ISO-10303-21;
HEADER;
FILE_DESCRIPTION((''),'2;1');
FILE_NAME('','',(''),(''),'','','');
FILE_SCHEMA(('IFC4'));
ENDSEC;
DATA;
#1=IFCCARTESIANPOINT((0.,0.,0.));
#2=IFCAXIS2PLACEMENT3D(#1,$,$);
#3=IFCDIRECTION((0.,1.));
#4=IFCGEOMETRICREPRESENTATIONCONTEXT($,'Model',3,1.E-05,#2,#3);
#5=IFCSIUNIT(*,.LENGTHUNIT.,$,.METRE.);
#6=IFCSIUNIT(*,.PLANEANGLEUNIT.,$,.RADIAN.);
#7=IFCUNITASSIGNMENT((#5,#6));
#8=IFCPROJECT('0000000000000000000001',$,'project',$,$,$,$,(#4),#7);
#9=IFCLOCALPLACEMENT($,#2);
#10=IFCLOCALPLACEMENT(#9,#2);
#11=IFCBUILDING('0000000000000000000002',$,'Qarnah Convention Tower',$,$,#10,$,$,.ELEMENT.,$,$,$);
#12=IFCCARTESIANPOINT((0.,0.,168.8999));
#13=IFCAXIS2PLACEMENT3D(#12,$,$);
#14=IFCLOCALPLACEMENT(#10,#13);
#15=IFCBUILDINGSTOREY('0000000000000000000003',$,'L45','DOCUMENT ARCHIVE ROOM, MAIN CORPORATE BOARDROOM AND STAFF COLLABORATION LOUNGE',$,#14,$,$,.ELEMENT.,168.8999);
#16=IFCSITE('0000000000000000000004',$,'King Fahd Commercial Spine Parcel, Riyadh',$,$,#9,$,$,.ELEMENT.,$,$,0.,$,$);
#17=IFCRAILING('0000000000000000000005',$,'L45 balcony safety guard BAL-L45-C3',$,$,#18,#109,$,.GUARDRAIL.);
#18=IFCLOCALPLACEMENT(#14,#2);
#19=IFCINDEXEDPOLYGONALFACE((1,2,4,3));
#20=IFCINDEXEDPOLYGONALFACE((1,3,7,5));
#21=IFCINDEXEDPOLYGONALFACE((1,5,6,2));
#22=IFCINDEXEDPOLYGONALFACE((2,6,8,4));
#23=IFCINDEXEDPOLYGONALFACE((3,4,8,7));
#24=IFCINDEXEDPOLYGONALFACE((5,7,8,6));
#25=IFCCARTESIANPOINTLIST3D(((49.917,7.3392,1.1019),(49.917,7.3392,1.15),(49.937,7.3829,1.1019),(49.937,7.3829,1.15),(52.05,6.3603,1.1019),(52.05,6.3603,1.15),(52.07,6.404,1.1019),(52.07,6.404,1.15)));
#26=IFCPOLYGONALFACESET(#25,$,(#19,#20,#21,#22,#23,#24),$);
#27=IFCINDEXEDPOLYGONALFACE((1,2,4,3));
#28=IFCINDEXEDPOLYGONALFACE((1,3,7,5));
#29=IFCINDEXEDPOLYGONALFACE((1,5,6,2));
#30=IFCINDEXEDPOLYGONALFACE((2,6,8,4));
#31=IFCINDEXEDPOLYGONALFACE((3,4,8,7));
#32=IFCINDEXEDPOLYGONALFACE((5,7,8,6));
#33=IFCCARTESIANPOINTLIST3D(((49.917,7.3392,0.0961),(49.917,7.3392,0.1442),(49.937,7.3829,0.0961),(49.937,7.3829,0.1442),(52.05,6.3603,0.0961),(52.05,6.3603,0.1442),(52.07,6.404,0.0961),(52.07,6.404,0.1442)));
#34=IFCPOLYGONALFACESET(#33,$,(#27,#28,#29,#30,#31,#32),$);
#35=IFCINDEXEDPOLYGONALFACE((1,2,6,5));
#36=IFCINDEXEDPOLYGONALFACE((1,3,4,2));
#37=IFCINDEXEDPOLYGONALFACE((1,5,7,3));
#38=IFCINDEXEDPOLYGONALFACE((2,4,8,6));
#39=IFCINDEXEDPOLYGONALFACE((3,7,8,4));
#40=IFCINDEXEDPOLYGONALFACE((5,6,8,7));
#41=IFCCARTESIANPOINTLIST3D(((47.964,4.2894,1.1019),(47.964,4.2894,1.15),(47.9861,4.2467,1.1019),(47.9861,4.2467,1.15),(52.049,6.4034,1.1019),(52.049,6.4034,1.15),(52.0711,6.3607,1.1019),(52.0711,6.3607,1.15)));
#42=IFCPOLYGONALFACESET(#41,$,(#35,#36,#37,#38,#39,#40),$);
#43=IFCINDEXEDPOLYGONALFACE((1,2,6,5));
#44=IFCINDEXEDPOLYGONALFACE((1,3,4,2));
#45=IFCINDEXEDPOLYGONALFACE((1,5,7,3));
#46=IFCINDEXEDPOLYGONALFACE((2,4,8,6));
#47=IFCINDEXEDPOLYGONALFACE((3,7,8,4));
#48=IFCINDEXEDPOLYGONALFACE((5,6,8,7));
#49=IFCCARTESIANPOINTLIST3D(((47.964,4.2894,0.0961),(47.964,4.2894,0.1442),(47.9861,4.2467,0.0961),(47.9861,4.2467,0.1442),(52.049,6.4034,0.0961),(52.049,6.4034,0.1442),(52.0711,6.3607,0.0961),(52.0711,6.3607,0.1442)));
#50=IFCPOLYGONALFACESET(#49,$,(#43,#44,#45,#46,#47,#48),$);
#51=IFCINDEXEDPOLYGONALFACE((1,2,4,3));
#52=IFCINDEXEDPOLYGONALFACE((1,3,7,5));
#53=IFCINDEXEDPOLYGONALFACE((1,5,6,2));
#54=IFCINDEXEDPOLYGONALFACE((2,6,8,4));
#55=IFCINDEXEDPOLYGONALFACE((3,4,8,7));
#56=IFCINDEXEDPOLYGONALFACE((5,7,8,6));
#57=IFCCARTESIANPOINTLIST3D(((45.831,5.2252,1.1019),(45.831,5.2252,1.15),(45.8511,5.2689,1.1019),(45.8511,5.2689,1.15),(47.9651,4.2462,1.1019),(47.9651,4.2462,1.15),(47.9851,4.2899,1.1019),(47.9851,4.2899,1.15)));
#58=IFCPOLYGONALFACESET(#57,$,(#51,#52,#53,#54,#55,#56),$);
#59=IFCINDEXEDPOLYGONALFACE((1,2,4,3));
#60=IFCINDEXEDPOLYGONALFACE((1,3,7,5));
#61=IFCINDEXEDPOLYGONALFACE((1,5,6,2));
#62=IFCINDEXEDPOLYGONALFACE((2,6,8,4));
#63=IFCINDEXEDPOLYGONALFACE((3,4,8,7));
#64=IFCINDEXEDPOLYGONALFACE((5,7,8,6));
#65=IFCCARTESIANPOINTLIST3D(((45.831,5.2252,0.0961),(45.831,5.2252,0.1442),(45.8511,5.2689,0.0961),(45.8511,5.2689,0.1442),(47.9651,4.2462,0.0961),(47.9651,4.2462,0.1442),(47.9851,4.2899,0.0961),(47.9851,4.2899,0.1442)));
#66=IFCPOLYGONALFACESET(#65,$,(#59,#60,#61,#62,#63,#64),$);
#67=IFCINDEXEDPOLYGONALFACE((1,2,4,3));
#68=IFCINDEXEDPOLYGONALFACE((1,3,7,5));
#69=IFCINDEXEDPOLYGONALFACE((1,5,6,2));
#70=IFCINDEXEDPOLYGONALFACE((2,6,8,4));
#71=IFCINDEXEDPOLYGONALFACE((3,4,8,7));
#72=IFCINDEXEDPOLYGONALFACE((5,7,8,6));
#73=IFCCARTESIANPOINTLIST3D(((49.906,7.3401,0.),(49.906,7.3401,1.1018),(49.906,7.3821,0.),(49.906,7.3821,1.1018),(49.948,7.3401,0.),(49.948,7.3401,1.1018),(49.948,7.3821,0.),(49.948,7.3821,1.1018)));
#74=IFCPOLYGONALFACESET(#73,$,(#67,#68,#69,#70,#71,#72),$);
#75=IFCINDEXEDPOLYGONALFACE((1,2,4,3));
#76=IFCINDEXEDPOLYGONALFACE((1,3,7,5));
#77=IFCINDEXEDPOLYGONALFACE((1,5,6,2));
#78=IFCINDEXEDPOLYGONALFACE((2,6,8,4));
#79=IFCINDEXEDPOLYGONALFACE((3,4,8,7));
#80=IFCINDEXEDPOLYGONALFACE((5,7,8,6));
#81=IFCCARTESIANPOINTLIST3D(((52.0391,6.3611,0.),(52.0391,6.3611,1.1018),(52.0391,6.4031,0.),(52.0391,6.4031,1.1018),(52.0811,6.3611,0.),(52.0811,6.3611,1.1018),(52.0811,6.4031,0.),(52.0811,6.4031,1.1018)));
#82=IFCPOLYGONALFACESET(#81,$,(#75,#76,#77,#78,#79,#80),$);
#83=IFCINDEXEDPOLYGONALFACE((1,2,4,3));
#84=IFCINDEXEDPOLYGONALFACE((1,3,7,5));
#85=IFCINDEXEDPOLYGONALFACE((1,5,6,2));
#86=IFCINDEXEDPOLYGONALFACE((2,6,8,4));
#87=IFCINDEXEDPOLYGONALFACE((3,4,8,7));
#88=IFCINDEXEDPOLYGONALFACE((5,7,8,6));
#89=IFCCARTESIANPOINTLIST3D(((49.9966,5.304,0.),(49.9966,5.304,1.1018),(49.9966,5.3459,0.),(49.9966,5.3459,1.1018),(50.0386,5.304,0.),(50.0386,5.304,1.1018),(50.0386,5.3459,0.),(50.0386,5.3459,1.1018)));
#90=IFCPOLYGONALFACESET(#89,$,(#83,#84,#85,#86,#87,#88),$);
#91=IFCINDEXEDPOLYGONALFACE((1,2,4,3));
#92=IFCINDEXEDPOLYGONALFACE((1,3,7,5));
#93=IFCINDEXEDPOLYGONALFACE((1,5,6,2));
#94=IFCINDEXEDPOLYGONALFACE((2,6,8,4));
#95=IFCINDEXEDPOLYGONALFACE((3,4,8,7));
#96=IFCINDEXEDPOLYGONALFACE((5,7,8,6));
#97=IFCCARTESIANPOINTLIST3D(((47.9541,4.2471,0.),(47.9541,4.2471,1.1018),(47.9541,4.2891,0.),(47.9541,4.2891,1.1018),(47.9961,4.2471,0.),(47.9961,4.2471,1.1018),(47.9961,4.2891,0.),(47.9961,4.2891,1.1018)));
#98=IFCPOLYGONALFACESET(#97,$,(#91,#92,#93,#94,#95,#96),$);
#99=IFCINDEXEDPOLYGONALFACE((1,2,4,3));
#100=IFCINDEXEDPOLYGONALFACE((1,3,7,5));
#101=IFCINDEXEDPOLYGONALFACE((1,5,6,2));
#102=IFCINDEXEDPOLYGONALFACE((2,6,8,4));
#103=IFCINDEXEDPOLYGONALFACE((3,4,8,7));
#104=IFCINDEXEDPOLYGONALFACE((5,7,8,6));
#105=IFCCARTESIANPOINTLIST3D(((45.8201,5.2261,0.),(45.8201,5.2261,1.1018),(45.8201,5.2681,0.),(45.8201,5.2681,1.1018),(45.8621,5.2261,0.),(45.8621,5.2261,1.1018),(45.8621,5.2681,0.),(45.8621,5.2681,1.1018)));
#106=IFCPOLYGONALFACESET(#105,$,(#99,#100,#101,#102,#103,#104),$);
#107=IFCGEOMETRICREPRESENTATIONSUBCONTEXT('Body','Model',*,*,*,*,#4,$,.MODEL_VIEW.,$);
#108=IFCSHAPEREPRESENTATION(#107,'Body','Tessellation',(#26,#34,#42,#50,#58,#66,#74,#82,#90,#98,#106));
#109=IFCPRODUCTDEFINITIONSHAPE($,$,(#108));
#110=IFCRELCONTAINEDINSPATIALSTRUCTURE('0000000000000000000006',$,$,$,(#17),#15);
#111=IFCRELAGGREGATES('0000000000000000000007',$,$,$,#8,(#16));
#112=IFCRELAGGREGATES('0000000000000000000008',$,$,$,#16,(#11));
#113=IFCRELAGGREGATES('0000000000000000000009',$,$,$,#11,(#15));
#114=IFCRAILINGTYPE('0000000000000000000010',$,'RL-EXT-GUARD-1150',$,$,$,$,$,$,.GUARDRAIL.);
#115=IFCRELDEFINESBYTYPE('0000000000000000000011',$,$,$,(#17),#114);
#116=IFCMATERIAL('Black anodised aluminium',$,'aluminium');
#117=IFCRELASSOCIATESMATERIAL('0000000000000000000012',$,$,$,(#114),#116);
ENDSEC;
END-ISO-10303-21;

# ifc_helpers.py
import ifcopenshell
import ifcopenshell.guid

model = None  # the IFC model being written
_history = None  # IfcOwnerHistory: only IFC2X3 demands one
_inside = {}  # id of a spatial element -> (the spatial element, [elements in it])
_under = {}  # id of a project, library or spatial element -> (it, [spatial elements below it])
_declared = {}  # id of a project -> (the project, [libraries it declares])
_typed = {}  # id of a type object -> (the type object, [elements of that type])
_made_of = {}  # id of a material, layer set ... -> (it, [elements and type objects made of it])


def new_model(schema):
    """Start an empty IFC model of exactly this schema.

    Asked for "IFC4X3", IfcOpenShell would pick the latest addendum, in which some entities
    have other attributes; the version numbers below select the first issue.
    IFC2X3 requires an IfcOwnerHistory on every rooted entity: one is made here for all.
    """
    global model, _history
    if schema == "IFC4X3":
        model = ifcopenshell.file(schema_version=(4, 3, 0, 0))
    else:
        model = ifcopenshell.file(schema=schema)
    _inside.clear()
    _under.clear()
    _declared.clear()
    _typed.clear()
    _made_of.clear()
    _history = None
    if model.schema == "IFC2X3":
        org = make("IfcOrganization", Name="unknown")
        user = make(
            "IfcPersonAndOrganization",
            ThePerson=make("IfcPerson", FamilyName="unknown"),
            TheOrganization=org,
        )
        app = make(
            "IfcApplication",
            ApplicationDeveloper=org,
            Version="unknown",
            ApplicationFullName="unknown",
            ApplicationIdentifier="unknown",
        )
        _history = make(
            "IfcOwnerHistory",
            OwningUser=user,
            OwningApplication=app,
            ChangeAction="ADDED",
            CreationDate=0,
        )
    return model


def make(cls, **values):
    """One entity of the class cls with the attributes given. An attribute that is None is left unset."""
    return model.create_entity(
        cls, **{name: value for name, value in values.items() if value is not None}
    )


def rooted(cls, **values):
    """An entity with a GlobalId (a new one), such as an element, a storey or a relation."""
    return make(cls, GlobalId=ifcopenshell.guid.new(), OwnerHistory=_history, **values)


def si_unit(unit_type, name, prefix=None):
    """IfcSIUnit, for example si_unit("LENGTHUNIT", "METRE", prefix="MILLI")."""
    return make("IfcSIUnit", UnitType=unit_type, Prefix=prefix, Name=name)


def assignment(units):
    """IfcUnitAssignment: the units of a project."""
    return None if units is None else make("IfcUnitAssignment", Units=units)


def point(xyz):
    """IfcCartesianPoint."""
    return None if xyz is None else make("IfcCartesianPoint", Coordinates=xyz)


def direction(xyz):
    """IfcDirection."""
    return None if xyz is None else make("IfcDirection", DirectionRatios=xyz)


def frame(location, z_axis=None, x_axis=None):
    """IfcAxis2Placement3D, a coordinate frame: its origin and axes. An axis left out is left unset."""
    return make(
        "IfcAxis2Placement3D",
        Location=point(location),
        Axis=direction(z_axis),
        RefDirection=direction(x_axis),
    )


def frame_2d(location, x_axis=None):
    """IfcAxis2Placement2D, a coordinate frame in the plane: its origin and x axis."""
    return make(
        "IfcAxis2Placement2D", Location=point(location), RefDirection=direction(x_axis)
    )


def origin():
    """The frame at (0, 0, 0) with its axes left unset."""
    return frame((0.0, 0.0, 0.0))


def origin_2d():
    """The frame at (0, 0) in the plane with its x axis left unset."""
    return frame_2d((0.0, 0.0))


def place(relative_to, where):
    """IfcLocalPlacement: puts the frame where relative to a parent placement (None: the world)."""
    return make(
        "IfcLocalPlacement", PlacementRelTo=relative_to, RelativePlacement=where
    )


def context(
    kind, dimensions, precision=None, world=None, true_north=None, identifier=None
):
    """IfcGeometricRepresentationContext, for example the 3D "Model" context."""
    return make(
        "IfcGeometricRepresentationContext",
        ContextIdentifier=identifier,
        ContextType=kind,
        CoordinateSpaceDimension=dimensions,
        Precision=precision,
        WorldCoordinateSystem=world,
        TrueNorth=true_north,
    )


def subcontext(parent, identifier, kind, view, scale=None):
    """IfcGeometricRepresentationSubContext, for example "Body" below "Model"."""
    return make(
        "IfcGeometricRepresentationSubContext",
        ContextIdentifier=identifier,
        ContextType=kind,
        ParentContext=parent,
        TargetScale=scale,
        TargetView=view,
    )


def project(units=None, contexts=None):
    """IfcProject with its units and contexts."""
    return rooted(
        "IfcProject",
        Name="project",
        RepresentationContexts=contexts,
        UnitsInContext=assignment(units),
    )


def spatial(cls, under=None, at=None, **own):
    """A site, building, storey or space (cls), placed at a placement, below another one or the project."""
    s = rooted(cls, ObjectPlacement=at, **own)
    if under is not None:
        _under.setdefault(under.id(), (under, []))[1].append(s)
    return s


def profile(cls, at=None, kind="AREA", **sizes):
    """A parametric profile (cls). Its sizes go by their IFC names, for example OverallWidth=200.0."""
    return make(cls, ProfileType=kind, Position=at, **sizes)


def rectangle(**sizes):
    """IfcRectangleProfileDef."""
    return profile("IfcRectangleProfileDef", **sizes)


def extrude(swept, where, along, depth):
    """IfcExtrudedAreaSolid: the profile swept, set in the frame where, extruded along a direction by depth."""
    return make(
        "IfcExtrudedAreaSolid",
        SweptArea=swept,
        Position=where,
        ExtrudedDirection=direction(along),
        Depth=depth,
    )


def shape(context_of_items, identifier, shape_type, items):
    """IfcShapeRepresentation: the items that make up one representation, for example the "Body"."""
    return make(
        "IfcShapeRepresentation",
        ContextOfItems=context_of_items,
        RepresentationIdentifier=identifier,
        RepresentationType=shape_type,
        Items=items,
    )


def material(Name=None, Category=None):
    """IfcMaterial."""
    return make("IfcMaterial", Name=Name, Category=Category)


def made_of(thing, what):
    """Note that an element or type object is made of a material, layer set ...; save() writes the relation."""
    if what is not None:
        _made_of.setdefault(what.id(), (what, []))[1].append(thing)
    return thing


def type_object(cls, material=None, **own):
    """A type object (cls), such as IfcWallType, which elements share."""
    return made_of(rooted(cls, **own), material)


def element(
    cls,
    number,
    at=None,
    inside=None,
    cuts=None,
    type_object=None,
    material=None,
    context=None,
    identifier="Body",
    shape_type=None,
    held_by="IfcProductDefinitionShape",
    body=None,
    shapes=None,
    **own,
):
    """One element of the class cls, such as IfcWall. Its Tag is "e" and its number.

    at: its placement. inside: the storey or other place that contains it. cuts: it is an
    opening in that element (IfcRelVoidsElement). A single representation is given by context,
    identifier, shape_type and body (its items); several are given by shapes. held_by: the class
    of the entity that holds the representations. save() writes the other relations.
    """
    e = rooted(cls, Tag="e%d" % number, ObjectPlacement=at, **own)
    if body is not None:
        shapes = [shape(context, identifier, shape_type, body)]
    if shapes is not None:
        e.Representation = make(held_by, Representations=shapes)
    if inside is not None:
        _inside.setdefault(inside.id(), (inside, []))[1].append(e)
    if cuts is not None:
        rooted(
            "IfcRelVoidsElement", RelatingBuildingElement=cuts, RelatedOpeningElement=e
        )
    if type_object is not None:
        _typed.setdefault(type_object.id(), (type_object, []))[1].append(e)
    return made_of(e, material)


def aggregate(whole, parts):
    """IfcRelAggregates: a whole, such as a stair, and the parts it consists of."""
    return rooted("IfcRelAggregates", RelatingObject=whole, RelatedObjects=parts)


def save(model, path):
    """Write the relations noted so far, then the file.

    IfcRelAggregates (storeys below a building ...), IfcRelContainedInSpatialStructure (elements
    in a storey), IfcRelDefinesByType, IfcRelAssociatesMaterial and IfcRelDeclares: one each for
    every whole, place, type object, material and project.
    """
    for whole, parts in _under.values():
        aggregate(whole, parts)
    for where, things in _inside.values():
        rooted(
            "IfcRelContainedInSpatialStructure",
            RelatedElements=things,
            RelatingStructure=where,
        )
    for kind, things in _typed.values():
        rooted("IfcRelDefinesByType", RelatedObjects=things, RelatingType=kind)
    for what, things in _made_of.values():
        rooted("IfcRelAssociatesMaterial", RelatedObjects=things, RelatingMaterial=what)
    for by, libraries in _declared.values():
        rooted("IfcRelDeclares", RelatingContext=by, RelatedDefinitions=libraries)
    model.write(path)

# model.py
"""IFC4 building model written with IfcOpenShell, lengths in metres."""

from ifc_helpers import new_model, si_unit, direction, frame, origin, origin_2d, place, context, subcontext, project, spatial, rectangle, extrude, material, type_object, element, save


model = new_model("IFC4")

# Units and contexts
model_context = context("Model", 3, precision=1e-05, world=origin(), true_north=direction((0.0, 1.0)))
body_context = subcontext(model_context, "Body", "Model", "MODEL_VIEW")
ifc_project = project(units=[si_unit("LENGTHUNIT", "METRE"), si_unit("PLANEANGLEUNIT", "RADIAN")], contexts=[model_context])

# Site, building, storey
site_placement = place(None, origin())
site = spatial("IfcSite", under=ifc_project, at=site_placement, Name="King Fahd Commercial Spine Parcel, Riyadh", CompositionType="ELEMENT", RefElevation=0.0)
building_placement = place(site_placement, origin())
building = spatial("IfcBuilding", under=site, at=building_placement, Name="Qarnah Convention Tower", CompositionType="ELEMENT")
storey_placement = place(building_placement, frame((0.0, 0.0, 168.8999)))
storey = spatial("IfcBuildingStorey", under=building, at=storey_placement, Name="L45", Description="DOCUMENT ARCHIVE ROOM, MAIN CORPORATE BOARDROOM AND STAFF COLLABORATION LOUNGE", CompositionType="ELEMENT", Elevation=168.8999)

# Shared definitions
ifc_material_1 = material(Name="Black anodised aluminium", Category="aluminium")

# Railing
railing_type = type_object("IfcRailingType", Name="RL-EXT-GUARD-1150", PredefinedType="GUARDRAIL", material=ifc_material_1)
railing_1_placement = place(storey_placement, frame((49.927, 7.3611, 0.0)))
element("IfcRailing", 1, at=railing_1_placement, inside=storey, type_object=railing_type, Name="L45 balcony safety guard BAL-L45-C3", PredefinedType="GUARDRAIL", context=body_context, shape_type="SweptSolid", body=[
    extrude(rectangle(XDim=0.0481, YDim=0.0481, at=origin_2d()), frame((0.0, 0.0, 1.126), z_axis=(0.908846, -0.417131, 0.0), x_axis=(0.417131, 0.908846, 0.0)), (0.0, 0.0, 1.0), 2.3469),
    extrude(rectangle(XDim=0.0481, YDim=0.0481, at=origin_2d()), frame((0.0, 0.0, 0.1201), z_axis=(0.908846, -0.417131, 0.0), x_axis=(0.417131, 0.908846, 0.0)), (0.0, 0.0, 1.0), 2.3469),
    extrude(rectangle(XDim=0.0481, YDim=0.0481, at=origin_2d()), frame((2.1331, -0.979, 1.126), z_axis=(-0.88812, -0.459612, 0.0), x_axis=(0.459612, -0.88812, 0.0)), (0.0, 0.0, 1.0), 4.5996),
    extrude(rectangle(XDim=0.0481, YDim=0.0481, at=origin_2d()), frame((2.1331, -0.979, 0.1201), z_axis=(-0.88812, -0.459612, 0.0), x_axis=(0.459612, -0.88812, 0.0)), (0.0, 0.0, 1.0), 4.5996),
    extrude(rectangle(XDim=0.0481, YDim=0.0481, at=origin_2d()), frame((-1.9519, -3.093, 1.126), z_axis=(-0.908919, 0.416973, 0.0), x_axis=(-0.416973, -0.908919, 0.0)), (0.0, 0.0, 1.0), 2.3479),
    extrude(rectangle(XDim=0.0481, YDim=0.0481, at=origin_2d()), frame((-1.9519, -3.093, 0.1201), z_axis=(-0.908919, 0.416973, 0.0), x_axis=(-0.416973, -0.908919, 0.0)), (0.0, 0.0, 1.0), 2.3479),
    extrude(rectangle(XDim=0.042, YDim=0.042, at=origin_2d()), origin(), (0.0, 0.0, 1.0), 1.1018),
    extrude(rectangle(XDim=0.042, YDim=0.042, at=origin_2d()), frame((2.1331, -0.979, 0.0)), (0.0, 0.0, 1.0), 1.1018),
    extrude(rectangle(XDim=0.042, YDim=0.042, at=origin_2d()), frame((0.0906, -2.0361, 0.0)), (0.0, 0.0, 1.0), 1.1018),
    extrude(rectangle(XDim=0.042, YDim=0.042, at=origin_2d()), frame((-1.9519, -3.093, 0.0)), (0.0, 0.0, 1.0), 1.1018),
    extrude(rectangle(XDim=0.042, YDim=0.042, at=origin_2d()), frame((-4.0859, -2.114, 0.0)), (0.0, 0.0, 1.0), 1.1018),
])

save(model, "model.ifc")
